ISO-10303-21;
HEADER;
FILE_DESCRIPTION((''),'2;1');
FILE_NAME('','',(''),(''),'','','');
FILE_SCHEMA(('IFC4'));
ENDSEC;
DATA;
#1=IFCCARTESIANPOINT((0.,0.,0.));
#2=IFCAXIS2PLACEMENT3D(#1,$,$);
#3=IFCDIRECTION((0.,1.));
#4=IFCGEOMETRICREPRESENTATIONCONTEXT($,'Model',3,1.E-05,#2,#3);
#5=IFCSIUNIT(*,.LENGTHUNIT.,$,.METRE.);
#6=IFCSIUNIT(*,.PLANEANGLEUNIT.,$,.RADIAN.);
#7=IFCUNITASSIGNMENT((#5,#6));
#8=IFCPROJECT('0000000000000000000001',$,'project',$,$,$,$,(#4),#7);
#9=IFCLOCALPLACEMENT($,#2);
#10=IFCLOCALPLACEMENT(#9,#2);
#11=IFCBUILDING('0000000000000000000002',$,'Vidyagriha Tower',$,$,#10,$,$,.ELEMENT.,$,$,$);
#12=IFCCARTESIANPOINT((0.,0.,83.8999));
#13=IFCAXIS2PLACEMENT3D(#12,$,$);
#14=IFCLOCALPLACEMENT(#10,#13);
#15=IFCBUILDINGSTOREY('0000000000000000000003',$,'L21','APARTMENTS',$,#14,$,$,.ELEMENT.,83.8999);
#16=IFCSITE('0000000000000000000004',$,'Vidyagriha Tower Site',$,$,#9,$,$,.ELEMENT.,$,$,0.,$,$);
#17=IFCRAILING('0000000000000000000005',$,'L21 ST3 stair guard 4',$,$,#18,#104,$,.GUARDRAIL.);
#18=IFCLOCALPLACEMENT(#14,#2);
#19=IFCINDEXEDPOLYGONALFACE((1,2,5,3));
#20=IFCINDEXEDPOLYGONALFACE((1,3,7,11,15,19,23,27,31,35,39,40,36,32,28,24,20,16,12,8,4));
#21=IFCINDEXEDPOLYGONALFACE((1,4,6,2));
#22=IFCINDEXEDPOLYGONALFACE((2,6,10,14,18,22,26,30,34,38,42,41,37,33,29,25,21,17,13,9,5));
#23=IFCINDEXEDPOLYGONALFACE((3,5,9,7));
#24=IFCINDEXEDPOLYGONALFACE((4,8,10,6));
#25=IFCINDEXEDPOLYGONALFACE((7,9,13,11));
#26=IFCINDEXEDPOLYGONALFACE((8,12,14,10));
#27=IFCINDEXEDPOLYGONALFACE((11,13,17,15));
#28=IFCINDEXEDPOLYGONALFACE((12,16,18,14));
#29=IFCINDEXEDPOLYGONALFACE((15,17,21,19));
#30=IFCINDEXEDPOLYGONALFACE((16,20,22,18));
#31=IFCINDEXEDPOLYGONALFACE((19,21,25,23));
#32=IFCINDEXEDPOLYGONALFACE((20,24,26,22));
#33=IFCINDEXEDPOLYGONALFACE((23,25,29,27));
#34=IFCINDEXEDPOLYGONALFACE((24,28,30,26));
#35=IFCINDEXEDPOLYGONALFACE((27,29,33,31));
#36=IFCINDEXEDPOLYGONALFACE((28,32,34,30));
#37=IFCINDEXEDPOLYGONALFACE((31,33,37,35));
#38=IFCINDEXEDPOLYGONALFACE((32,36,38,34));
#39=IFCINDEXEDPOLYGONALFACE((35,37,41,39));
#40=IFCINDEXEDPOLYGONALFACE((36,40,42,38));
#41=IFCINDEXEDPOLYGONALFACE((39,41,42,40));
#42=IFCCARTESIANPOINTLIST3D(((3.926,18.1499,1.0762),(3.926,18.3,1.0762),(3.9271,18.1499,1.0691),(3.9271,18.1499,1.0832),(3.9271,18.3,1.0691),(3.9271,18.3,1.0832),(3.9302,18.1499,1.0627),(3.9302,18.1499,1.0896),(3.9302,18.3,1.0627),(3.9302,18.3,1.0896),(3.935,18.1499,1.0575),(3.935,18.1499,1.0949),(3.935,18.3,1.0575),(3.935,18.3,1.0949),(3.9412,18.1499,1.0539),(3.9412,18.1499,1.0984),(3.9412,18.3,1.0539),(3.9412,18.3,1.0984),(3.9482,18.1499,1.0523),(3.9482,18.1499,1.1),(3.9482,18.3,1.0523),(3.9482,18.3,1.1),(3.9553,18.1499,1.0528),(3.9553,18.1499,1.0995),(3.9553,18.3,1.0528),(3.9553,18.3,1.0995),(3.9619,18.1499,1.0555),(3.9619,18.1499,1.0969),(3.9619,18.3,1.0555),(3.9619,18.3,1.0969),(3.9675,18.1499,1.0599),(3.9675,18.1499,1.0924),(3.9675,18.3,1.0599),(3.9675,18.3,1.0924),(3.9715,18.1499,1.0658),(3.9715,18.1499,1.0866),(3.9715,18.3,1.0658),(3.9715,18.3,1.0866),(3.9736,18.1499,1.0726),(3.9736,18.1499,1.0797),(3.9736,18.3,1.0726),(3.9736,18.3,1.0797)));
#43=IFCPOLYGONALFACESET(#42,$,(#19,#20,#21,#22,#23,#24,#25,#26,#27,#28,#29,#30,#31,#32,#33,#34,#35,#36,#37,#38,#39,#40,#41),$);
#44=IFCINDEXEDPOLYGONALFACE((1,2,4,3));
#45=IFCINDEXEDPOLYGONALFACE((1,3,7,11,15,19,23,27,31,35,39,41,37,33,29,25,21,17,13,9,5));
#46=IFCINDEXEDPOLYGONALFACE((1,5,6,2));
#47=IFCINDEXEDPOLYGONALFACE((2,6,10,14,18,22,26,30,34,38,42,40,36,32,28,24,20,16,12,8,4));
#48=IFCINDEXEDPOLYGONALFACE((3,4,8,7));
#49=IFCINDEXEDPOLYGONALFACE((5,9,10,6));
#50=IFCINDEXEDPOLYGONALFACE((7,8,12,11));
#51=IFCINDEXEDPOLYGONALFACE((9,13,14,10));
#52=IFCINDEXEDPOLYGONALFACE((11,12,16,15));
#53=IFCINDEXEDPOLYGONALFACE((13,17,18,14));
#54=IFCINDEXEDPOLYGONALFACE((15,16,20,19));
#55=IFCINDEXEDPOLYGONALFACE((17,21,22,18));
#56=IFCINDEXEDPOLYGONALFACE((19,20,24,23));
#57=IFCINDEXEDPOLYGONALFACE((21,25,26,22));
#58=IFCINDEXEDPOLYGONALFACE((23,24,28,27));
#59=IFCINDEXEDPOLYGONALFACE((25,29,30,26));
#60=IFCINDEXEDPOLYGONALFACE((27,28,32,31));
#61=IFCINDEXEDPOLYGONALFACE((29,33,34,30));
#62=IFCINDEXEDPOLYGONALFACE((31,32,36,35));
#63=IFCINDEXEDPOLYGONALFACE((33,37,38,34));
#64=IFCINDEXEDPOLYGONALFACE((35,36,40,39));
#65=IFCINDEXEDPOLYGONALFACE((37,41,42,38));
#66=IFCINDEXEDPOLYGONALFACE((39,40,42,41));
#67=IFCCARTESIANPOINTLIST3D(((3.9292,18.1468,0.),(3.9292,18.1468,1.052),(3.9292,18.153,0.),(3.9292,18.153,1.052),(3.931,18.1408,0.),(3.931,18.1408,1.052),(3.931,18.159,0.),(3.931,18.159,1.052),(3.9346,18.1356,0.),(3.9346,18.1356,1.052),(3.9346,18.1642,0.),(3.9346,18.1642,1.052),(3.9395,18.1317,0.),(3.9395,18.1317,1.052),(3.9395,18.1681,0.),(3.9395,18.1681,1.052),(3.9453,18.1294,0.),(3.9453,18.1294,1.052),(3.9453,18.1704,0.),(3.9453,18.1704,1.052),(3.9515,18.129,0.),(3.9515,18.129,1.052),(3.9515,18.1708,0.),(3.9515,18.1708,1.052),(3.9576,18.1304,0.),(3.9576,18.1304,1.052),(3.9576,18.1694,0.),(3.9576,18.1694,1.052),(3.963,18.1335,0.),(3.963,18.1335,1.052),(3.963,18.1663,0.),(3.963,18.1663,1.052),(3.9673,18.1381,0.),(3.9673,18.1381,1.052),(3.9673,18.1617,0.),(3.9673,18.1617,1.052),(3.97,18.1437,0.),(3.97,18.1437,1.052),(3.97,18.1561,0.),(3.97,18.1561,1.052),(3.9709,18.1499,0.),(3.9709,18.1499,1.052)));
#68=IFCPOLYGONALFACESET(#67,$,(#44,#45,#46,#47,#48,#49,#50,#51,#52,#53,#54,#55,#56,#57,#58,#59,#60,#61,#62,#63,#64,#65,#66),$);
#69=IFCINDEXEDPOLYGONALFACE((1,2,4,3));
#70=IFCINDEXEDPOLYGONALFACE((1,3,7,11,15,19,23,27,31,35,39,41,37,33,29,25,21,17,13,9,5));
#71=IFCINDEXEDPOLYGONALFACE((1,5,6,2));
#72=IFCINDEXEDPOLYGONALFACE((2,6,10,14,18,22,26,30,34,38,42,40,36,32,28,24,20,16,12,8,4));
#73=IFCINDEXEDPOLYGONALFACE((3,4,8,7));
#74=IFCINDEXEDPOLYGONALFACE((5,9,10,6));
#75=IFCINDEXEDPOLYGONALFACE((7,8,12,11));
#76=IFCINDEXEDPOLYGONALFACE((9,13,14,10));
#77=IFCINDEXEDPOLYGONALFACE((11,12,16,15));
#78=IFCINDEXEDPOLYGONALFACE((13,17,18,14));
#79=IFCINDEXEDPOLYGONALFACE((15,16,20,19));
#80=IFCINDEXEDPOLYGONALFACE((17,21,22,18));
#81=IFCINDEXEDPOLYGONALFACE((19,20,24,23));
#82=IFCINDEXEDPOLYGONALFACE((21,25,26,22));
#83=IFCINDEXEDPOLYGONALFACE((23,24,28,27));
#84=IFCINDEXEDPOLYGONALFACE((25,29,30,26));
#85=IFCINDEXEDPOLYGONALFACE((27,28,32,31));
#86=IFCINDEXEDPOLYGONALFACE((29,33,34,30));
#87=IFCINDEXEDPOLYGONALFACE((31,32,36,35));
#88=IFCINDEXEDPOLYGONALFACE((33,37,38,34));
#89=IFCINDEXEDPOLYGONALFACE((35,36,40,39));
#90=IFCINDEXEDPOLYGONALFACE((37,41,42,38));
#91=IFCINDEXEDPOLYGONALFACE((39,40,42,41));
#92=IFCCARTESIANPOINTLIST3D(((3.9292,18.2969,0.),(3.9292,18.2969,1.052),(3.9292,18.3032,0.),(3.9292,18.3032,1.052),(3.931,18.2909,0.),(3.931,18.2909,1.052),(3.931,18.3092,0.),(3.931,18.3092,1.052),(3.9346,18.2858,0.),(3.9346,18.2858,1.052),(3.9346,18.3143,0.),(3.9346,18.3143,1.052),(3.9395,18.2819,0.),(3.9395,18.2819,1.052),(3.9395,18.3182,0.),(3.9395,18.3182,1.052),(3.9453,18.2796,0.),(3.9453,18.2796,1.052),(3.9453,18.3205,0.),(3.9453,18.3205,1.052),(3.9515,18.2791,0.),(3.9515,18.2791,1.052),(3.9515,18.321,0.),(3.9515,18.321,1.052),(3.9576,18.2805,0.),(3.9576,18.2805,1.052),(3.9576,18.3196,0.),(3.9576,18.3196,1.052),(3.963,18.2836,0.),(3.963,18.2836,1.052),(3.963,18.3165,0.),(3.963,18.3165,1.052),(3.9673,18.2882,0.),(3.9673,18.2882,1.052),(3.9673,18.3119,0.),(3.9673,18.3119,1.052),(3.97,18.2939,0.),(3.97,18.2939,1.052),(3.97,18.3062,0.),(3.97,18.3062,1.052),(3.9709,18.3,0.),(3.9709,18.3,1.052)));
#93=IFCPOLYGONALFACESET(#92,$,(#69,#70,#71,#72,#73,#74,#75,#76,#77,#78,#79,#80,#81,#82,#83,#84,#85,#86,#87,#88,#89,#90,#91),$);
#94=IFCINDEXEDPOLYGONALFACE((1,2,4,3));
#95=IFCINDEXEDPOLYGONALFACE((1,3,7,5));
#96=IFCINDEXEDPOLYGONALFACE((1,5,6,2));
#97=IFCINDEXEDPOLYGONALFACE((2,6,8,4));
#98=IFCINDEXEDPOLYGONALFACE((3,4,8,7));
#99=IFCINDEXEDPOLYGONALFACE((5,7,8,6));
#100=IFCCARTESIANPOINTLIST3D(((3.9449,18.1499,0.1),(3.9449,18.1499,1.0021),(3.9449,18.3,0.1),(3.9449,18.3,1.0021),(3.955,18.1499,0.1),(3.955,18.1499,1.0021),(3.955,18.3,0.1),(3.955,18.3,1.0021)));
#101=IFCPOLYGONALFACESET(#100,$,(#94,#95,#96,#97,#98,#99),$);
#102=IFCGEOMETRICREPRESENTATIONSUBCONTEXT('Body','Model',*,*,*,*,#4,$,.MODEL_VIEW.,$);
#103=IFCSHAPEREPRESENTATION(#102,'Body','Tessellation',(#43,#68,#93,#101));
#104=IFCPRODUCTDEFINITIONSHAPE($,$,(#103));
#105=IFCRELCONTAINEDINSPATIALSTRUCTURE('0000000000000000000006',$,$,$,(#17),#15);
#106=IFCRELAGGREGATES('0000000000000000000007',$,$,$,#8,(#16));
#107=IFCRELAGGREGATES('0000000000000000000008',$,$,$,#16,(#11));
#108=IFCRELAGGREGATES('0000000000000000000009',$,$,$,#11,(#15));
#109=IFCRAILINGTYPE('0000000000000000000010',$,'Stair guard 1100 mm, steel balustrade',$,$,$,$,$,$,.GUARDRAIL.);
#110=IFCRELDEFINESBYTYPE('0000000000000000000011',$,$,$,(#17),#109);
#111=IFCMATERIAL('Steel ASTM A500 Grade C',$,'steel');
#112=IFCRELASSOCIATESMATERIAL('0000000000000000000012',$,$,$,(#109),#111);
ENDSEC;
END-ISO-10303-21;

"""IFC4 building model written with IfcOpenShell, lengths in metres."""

from ifc_helpers import new_model, si_unit, direction, frame, origin, origin_2d, place, context, subcontext, project, spatial, rectangle, circle, extrude, material, type_object, element, save


model = new_model("IFC4")

# Units and contexts
model_context = context("Model", 3, precision=1e-05, world=origin(), true_north=direction((0.0, 1.0)))
body_context = subcontext(model_context, "Body", "Model", "MODEL_VIEW")
ifc_project = project(units=[si_unit("LENGTHUNIT", "METRE"), si_unit("PLANEANGLEUNIT", "RADIAN")], contexts=[model_context])

# Site, building, storey
site_placement = place(None, origin())
site = spatial("IfcSite", under=ifc_project, at=site_placement, Name="Vidyagriha Tower Site", CompositionType="ELEMENT", RefElevation=0.0)
building_placement = place(site_placement, origin())
building = spatial("IfcBuilding", under=site, at=building_placement, Name="Vidyagriha Tower", CompositionType="ELEMENT")
storey_placement = place(building_placement, frame((0.0, 0.0, 83.8999)))
storey = spatial("IfcBuildingStorey", under=building, at=storey_placement, Name="L21", Description="APARTMENTS", CompositionType="ELEMENT", Elevation=83.8999)

# Railing
ifc_material_1 = material(Name="Steel ASTM A500 Grade C", Category="steel")
railing_type_1 = type_object("IfcRailingType", Name="Stair guard 1100 mm, steel balustrade", PredefinedType="GUARDRAIL", material=ifc_material_1)
railing_1_placement = place(storey_placement, frame((3.95, 18.1499, 0.0)))
element("IfcRailing", 1, at=railing_1_placement, inside=storey, type_object=railing_type_1, Name="L21 ST3 stair guard 4", PredefinedType="GUARDRAIL", context=body_context, shape_type="SweptSolid", body=[
    extrude(circle(Radius=0.0239, at=origin_2d()), frame((0.0, 0.0, 1.0762), z_axis=(0.0, 1.0, 0.0), x_axis=(-1.0, 0.0, 0.0)), (0.0, 0.0, 1.0), 0.1501),
    extrude(circle(Radius=0.021, at=origin_2d()), origin(), (0.0, 0.0, 1.0), 1.052),
    extrude(circle(Radius=0.021, at=origin_2d()), frame((0.0, 0.1501, 0.0)), (0.0, 0.0, 1.0), 1.052),
    extrude(rectangle(XDim=0.01, YDim=0.9021, at=origin_2d()), frame((0.0, 0.0, 0.551), z_axis=(0.0, 1.0, 0.0), x_axis=(-1.0, 0.0, 0.0)), (0.0, 0.0, 1.0), 0.1501),
])

save(model, "model.ifc")
